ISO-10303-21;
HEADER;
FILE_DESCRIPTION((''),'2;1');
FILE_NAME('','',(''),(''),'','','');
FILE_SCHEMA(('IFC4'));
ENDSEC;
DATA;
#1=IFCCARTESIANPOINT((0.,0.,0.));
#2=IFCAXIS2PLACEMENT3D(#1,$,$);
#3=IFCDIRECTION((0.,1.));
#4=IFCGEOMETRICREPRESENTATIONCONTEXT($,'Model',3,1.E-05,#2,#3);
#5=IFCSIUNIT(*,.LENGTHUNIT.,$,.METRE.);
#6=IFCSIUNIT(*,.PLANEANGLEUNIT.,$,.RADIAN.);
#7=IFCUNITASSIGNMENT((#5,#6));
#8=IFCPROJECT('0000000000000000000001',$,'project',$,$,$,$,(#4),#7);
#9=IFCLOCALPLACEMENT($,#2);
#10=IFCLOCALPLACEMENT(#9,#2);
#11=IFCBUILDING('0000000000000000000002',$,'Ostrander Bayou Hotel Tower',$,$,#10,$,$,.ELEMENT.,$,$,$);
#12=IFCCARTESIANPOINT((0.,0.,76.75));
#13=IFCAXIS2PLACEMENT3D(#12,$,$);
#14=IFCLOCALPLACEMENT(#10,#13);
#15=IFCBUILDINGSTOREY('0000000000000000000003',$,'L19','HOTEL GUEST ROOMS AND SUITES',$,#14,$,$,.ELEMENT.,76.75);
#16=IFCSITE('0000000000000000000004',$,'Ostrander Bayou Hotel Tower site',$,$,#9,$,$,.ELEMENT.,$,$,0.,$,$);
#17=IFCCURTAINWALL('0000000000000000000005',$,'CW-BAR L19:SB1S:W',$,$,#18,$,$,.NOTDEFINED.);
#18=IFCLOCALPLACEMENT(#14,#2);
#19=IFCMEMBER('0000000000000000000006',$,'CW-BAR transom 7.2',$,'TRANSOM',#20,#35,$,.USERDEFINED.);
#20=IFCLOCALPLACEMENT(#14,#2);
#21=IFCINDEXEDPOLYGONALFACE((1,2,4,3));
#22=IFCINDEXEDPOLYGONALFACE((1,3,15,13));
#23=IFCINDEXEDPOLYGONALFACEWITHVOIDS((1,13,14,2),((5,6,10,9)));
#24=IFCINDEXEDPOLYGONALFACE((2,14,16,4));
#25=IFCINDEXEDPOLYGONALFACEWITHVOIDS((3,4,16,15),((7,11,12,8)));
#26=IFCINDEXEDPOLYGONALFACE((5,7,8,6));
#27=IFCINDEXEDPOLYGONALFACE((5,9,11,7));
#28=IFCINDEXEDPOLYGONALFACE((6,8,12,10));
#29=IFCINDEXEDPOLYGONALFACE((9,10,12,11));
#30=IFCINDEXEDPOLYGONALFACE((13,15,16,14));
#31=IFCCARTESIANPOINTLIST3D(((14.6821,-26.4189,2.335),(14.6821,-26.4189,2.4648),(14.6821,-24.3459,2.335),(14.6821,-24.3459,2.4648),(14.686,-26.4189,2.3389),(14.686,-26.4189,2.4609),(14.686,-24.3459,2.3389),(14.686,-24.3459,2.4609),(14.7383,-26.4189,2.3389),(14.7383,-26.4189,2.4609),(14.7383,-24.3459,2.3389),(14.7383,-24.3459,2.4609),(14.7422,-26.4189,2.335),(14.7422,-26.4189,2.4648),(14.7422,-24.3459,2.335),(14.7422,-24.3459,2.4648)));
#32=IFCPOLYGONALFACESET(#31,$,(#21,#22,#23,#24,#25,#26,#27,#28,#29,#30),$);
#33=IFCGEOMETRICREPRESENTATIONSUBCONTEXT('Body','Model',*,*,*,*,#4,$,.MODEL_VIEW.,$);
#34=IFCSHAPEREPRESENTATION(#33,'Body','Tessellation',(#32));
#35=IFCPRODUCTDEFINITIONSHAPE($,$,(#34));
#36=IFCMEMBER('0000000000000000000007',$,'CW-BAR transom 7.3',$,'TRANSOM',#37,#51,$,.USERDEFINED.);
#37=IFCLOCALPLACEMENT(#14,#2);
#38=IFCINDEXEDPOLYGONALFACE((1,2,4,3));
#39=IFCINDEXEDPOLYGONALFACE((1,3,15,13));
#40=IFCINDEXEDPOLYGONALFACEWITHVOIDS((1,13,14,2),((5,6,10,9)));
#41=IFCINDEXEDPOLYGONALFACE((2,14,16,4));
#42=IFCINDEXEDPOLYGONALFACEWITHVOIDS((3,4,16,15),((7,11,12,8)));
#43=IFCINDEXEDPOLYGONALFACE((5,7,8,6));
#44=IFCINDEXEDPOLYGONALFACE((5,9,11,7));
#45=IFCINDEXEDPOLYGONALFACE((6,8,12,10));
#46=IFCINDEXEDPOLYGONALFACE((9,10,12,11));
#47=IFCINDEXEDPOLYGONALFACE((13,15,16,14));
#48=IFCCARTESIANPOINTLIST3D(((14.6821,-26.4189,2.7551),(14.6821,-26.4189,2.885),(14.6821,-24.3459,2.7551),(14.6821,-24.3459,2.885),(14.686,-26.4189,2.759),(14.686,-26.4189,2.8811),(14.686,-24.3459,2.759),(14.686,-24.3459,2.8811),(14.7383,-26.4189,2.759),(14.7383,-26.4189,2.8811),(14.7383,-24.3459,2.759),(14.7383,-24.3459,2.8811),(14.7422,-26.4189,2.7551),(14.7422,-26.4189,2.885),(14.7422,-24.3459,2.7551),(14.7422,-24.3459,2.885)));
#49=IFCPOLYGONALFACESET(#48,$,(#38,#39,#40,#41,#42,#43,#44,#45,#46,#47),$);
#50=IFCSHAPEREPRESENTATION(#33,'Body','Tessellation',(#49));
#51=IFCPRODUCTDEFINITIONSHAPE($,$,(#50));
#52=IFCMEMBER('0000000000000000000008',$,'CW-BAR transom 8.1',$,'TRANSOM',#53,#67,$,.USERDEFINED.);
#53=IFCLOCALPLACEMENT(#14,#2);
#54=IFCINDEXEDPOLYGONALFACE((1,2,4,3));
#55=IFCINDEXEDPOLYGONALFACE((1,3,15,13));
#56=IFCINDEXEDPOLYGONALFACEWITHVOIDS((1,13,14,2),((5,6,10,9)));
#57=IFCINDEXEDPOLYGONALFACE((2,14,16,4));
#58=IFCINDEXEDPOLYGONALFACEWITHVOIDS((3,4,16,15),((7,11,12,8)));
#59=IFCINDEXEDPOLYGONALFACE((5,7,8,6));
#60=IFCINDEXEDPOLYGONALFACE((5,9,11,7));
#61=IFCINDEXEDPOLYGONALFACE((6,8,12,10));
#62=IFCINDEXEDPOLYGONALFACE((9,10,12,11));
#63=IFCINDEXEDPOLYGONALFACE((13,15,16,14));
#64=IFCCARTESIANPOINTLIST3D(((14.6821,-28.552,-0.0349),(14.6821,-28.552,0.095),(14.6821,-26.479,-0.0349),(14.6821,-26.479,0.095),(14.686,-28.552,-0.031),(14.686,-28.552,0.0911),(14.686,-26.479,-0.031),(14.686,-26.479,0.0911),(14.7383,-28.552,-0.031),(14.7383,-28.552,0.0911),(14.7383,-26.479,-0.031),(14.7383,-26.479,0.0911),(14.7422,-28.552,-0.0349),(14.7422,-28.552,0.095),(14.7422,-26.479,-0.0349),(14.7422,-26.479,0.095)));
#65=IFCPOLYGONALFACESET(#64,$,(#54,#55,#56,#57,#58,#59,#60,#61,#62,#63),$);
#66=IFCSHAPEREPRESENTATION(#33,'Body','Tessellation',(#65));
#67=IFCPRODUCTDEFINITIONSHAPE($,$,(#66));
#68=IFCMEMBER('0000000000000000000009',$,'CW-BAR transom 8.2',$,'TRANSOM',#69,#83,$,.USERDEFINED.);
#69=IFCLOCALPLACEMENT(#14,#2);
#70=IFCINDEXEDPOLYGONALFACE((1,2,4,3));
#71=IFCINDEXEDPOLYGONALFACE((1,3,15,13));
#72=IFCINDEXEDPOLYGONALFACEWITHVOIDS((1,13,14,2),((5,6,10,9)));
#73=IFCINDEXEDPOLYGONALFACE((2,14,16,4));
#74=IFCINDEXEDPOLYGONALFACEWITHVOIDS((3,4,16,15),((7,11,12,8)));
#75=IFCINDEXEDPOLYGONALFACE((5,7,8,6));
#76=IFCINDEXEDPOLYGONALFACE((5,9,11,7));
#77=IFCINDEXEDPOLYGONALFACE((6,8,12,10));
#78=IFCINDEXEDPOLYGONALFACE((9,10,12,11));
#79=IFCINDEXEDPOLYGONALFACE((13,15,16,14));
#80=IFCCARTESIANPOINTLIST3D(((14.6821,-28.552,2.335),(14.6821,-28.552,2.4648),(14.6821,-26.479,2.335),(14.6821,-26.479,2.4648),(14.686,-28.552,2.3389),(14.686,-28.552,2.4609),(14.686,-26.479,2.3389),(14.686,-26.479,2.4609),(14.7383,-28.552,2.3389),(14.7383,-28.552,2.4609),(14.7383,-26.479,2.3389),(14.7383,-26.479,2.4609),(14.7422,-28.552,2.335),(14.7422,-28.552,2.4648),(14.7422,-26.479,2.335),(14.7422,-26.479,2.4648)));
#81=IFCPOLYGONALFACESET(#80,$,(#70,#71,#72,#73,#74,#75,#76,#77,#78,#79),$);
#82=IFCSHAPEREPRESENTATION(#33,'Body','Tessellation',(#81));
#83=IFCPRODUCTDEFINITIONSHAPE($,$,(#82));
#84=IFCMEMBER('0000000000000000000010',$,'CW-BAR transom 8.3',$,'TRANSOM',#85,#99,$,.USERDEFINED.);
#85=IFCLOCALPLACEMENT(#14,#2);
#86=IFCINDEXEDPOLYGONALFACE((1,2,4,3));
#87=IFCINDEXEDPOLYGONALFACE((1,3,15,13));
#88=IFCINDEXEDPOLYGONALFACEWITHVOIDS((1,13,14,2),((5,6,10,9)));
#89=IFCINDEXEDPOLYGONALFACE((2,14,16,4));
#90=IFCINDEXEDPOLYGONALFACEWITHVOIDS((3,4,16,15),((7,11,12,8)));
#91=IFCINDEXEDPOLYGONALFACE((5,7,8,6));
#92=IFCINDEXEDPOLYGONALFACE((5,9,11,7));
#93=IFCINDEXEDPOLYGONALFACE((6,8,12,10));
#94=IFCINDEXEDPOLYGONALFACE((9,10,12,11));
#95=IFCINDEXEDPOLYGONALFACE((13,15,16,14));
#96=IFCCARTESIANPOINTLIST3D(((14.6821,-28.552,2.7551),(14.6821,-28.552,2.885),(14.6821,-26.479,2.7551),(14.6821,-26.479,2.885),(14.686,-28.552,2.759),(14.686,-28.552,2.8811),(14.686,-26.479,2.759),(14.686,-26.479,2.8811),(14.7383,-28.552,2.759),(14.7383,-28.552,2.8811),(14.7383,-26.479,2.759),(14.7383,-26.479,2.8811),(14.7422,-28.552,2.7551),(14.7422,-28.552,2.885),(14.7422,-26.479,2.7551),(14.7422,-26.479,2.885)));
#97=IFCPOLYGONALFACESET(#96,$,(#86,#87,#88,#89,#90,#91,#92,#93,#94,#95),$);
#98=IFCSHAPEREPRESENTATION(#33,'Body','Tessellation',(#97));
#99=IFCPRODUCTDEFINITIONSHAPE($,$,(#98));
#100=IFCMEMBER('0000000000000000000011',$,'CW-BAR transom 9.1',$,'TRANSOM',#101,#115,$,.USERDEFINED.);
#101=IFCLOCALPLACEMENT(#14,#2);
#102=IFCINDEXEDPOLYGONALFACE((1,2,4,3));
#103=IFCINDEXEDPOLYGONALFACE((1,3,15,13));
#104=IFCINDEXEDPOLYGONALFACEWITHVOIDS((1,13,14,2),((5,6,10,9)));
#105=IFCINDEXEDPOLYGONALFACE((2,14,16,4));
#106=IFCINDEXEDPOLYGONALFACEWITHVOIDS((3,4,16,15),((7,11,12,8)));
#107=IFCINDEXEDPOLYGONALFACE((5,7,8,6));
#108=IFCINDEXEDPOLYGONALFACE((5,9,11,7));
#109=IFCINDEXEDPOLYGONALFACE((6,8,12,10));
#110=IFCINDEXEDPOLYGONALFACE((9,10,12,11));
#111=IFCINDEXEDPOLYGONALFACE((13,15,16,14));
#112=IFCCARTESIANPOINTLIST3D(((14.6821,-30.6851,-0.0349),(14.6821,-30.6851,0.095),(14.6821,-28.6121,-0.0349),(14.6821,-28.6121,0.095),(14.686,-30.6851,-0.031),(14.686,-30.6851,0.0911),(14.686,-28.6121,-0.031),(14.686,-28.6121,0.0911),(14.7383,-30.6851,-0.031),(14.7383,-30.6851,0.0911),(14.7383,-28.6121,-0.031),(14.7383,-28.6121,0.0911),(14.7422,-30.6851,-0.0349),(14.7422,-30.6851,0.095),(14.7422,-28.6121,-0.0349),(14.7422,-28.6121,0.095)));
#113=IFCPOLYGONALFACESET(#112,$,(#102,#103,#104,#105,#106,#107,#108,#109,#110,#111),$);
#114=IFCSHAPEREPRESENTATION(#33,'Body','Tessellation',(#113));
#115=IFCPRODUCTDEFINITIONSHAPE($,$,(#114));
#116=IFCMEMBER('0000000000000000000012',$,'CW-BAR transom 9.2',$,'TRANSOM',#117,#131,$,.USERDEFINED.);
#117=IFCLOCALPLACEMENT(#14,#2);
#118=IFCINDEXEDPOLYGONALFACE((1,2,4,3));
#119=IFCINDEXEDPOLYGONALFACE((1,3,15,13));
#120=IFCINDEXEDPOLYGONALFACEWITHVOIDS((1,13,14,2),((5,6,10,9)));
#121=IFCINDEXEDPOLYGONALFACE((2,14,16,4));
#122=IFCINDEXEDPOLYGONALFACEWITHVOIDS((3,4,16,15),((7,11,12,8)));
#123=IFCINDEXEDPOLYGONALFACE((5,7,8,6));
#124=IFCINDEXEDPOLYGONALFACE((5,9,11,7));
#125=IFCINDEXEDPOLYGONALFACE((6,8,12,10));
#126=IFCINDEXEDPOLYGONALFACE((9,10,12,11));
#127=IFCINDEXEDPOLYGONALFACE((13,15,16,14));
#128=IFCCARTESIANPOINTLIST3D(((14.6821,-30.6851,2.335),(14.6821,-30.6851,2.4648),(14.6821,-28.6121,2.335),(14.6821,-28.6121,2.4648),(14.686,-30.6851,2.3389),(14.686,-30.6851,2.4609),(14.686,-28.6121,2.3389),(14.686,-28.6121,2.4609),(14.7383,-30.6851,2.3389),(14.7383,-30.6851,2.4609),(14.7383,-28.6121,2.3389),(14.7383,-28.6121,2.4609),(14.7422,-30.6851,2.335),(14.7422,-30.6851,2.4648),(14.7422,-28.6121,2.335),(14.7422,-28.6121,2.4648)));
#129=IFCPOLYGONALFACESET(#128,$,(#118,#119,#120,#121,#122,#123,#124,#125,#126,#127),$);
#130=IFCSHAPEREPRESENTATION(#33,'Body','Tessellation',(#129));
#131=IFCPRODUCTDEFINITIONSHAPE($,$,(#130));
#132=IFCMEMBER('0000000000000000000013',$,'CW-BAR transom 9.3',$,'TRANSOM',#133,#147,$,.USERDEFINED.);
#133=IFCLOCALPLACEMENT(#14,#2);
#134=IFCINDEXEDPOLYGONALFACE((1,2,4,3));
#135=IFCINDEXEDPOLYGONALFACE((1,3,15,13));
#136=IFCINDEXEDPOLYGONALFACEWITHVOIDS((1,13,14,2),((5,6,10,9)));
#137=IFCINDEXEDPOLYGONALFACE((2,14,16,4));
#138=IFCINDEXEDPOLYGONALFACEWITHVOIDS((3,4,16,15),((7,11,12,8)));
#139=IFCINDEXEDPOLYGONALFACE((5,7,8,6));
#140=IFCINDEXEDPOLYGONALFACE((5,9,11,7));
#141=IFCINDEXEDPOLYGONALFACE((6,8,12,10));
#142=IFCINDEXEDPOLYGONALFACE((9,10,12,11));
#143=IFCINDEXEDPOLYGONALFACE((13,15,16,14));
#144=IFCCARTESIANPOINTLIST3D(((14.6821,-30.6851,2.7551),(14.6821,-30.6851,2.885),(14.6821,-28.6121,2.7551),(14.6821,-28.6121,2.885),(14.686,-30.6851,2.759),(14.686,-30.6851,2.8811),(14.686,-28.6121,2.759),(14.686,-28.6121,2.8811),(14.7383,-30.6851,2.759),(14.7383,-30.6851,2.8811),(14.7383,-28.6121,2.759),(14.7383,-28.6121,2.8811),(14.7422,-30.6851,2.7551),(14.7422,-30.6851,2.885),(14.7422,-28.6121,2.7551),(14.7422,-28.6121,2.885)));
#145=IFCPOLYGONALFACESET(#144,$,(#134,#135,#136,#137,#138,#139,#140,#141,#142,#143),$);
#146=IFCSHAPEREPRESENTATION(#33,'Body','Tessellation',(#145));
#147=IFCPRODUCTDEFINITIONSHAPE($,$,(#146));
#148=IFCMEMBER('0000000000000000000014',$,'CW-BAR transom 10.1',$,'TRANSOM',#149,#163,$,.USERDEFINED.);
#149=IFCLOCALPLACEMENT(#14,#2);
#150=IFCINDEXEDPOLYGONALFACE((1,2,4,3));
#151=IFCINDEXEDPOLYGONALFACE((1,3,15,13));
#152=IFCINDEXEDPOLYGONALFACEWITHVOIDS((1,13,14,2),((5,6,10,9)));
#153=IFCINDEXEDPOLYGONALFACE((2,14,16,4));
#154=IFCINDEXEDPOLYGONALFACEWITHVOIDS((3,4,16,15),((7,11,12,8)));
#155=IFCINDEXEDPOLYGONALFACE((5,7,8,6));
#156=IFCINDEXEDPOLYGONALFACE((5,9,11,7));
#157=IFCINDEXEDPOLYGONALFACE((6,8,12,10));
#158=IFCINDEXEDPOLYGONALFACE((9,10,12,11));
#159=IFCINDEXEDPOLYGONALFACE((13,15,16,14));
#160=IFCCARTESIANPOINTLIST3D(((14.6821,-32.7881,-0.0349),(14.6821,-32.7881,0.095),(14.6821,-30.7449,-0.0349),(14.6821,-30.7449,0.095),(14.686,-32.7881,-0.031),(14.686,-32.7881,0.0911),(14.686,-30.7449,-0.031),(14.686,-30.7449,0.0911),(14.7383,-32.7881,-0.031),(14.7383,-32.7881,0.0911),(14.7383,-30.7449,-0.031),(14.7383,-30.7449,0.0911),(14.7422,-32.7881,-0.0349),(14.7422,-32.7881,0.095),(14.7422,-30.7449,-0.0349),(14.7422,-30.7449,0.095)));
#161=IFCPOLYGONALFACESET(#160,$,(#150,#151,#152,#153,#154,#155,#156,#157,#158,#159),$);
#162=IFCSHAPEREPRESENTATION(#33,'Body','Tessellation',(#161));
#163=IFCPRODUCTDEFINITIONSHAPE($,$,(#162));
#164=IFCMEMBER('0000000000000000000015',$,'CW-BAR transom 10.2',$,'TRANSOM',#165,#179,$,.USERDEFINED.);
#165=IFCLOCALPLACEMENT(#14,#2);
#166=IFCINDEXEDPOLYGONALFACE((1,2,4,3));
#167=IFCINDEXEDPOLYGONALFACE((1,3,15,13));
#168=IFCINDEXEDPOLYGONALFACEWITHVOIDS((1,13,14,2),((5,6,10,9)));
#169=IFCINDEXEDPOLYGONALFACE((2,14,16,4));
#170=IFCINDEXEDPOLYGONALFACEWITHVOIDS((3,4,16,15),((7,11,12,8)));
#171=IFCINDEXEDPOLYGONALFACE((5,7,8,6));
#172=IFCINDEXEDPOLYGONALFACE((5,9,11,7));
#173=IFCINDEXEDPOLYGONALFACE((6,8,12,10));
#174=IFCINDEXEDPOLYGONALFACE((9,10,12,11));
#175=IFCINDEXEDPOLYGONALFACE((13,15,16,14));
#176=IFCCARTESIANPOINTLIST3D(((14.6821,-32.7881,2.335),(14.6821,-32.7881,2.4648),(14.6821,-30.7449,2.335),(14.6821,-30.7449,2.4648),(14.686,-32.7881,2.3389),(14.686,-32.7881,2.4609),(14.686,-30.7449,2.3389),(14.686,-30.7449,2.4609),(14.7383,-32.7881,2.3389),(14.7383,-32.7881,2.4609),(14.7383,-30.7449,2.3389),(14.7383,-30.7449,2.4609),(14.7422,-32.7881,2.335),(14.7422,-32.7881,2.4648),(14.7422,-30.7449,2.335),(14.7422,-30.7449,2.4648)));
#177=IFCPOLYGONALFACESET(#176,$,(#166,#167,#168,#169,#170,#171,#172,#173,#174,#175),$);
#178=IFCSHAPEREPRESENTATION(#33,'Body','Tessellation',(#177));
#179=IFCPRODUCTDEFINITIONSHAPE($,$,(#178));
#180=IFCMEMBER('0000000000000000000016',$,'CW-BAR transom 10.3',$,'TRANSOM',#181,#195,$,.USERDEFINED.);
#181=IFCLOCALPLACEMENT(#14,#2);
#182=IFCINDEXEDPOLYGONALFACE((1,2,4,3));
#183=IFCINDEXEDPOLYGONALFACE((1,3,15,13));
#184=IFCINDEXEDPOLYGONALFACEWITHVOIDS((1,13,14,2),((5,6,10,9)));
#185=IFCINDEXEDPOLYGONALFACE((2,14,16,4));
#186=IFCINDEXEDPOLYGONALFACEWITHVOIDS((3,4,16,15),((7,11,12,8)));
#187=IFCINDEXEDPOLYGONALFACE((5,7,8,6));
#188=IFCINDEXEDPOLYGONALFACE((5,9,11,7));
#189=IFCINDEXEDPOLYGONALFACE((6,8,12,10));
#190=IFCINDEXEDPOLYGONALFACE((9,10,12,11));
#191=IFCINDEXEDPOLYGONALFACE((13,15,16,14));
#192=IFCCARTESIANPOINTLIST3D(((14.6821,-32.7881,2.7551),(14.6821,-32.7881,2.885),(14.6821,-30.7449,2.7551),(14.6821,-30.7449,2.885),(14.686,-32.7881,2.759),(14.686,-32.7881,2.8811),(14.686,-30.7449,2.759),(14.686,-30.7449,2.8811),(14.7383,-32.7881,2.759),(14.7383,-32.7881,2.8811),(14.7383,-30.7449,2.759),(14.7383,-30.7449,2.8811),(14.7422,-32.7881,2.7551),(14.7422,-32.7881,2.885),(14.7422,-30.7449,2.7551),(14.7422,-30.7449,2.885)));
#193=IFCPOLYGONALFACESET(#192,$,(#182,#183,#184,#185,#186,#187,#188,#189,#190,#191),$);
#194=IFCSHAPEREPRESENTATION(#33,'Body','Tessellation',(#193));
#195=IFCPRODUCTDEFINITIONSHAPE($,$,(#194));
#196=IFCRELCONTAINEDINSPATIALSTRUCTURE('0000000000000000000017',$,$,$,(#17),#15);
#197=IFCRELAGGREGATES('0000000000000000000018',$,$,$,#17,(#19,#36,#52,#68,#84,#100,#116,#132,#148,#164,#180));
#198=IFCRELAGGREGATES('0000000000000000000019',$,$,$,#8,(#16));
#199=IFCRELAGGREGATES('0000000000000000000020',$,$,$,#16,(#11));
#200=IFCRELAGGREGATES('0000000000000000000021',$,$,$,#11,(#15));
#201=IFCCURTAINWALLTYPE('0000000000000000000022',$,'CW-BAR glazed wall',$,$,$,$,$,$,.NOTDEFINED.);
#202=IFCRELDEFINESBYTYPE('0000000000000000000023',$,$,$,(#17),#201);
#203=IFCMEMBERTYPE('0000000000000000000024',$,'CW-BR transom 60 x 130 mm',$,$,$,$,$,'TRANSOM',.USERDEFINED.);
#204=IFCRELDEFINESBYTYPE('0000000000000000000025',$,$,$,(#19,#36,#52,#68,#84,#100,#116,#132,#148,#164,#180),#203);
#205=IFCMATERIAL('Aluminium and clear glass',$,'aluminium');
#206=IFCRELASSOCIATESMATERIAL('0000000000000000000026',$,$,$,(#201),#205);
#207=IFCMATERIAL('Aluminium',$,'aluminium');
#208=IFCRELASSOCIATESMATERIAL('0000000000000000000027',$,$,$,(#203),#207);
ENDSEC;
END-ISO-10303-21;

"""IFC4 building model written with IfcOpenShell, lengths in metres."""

from ifc_helpers import new_model, si_unit, direction, frame, origin, origin_2d, place, context, subcontext, project, spatial, hollow_rectangle, extrude, material, material_profile, profile_set, type_object, element, aggregate, save


model = new_model("IFC4")

# Units and contexts
model_context = context("Model", 3, precision=1e-05, world=origin(), true_north=direction((0.0, 1.0)))
body_context = subcontext(model_context, "Body", "Model", "MODEL_VIEW")
ifc_project = project(units=[si_unit("LENGTHUNIT", "METRE"), si_unit("PLANEANGLEUNIT", "RADIAN")], contexts=[model_context])

# Site, building, storey
site_placement = place(None, origin())
site = spatial("IfcSite", under=ifc_project, at=site_placement, Name="Ostrander Bayou Hotel Tower site", CompositionType="ELEMENT", RefElevation=0.0)
building_placement = place(site_placement, origin())
building = spatial("IfcBuilding", under=site, at=building_placement, Name="Ostrander Bayou Hotel Tower", CompositionType="ELEMENT")
storey_placement = place(building_placement, frame((0.0, 0.0, 76.75)))
storey = spatial("IfcBuildingStorey", under=building, at=storey_placement, Name="L19", Description="HOTEL GUEST ROOMS AND SUITES", CompositionType="ELEMENT", Elevation=76.75)

# Curtain wall
ifc_material_1 = material(Name="Aluminium and clear glass", Category="aluminium")
curtain_wall_type = type_object("IfcCurtainWallType", Name="CW-BAR glazed wall", PredefinedType="NOTDEFINED", material=ifc_material_1)
curtain_wall_1_placement = place(storey_placement, origin())
curtain_wall_1 = element("IfcCurtainWall", 1, at=curtain_wall_1_placement, inside=storey, type_object=curtain_wall_type, Name="CW-BAR L19:SB1S:W", PredefinedType="NOTDEFINED")

# Members
ifc_material_2 = material(Name="Aluminium", Category="aluminium")
ifc_material_profile_1 = material_profile(ifc_material_2, hollow_rectangle(XDim=0.0601, YDim=0.1299, WallThickness=0.0039, at=origin_2d()))
ifc_profile_set_1 = profile_set([ifc_material_profile_1], Name="Aluminium")
member_type_1 = type_object("IfcMemberType", Name="CW-BR transom 60 x 130 mm", ElementType="TRANSOM", PredefinedType="USERDEFINED", material=ifc_profile_set_1)
member_1_placement = place(storey_placement, frame((14.7122, -24.3459, 2.3999), z_axis=(0.0, -1.0, 0.0), x_axis=(1.0, 0.0, 0.0)))
member_1 = element("IfcMember", 2, at=member_1_placement, type_object=member_type_1, Name="CW-BAR transom 7.2", ObjectType="TRANSOM", PredefinedType="USERDEFINED", context=body_context, shape_type="SweptSolid", body=[
    extrude(hollow_rectangle(XDim=0.0601, YDim=0.1299, WallThickness=0.0039, at=origin_2d()), origin(), (0.0, 0.0, 1.0), 2.073),
])
member_2_placement = place(storey_placement, frame((14.7122, -24.3459, 2.8201), z_axis=(0.0, -1.0, 0.0), x_axis=(1.0, 0.0, 0.0)))
member_2 = element("IfcMember", 3, at=member_2_placement, type_object=member_type_1, Name="CW-BAR transom 7.3", ObjectType="TRANSOM", PredefinedType="USERDEFINED", context=body_context, shape_type="SweptSolid", body=[
    extrude(hollow_rectangle(XDim=0.0601, YDim=0.1299, WallThickness=0.0039, at=origin_2d()), origin(), (0.0, 0.0, 1.0), 2.073),
])
member_3_placement = place(storey_placement, frame((14.7122, -26.479, 0.03), z_axis=(0.0, -1.0, 0.0), x_axis=(1.0, 0.0, 0.0)))
member_3 = element("IfcMember", 4, at=member_3_placement, type_object=member_type_1, Name="CW-BAR transom 8.1", ObjectType="TRANSOM", PredefinedType="USERDEFINED", context=body_context, shape_type="SweptSolid", body=[
    extrude(hollow_rectangle(XDim=0.0601, YDim=0.1299, WallThickness=0.0039, at=origin_2d()), origin(), (0.0, 0.0, 1.0), 2.073),
])
member_4_placement = place(storey_placement, frame((14.7122, -26.479, 2.3999), z_axis=(0.0, -1.0, 0.0), x_axis=(1.0, 0.0, 0.0)))
member_4 = element("IfcMember", 5, at=member_4_placement, type_object=member_type_1, Name="CW-BAR transom 8.2", ObjectType="TRANSOM", PredefinedType="USERDEFINED", context=body_context, shape_type="SweptSolid", body=[
    extrude(hollow_rectangle(XDim=0.0601, YDim=0.1299, WallThickness=0.0039, at=origin_2d()), origin(), (0.0, 0.0, 1.0), 2.073),
])
member_5_placement = place(storey_placement, frame((14.7122, -26.479, 2.8201), z_axis=(0.0, -1.0, 0.0), x_axis=(1.0, 0.0, 0.0)))
member_5 = element("IfcMember", 6, at=member_5_placement, type_object=member_type_1, Name="CW-BAR transom 8.3", ObjectType="TRANSOM", PredefinedType="USERDEFINED", context=body_context, shape_type="SweptSolid", body=[
    extrude(hollow_rectangle(XDim=0.0601, YDim=0.1299, WallThickness=0.0039, at=origin_2d()), origin(), (0.0, 0.0, 1.0), 2.073),
])
member_6_placement = place(storey_placement, frame((14.7122, -28.6121, 0.03), z_axis=(0.0, -1.0, 0.0), x_axis=(1.0, 0.0, 0.0)))
member_6 = element("IfcMember", 7, at=member_6_placement, type_object=member_type_1, Name="CW-BAR transom 9.1", ObjectType="TRANSOM", PredefinedType="USERDEFINED", context=body_context, shape_type="SweptSolid", body=[
    extrude(hollow_rectangle(XDim=0.0601, YDim=0.1299, WallThickness=0.0039, at=origin_2d()), origin(), (0.0, 0.0, 1.0), 2.073),
])
member_7_placement = place(storey_placement, frame((14.7122, -28.6121, 2.3999), z_axis=(0.0, -1.0, 0.0), x_axis=(1.0, 0.0, 0.0)))
member_7 = element("IfcMember", 8, at=member_7_placement, type_object=member_type_1, Name="CW-BAR transom 9.2", ObjectType="TRANSOM", PredefinedType="USERDEFINED", context=body_context, shape_type="SweptSolid", body=[
    extrude(hollow_rectangle(XDim=0.0601, YDim=0.1299, WallThickness=0.0039, at=origin_2d()), origin(), (0.0, 0.0, 1.0), 2.073),
])
member_8_placement = place(storey_placement, frame((14.7122, -28.6121, 2.8201), z_axis=(0.0, -1.0, 0.0), x_axis=(1.0, 0.0, 0.0)))
member_8 = element("IfcMember", 9, at=member_8_placement, type_object=member_type_1, Name="CW-BAR transom 9.3", ObjectType="TRANSOM", PredefinedType="USERDEFINED", context=body_context, shape_type="SweptSolid", body=[
    extrude(hollow_rectangle(XDim=0.0601, YDim=0.1299, WallThickness=0.0039, at=origin_2d()), origin(), (0.0, 0.0, 1.0), 2.073),
])
member_9_placement = place(storey_placement, frame((14.7122, -30.7449, 0.03), z_axis=(0.0, -1.0, 0.0), x_axis=(1.0, 0.0, 0.0)))
member_9 = element("IfcMember", 10, at=member_9_placement, type_object=member_type_1, Name="CW-BAR transom 10.1", ObjectType="TRANSOM", PredefinedType="USERDEFINED", context=body_context, shape_type="SweptSolid", body=[
    extrude(hollow_rectangle(XDim=0.0601, YDim=0.1299, WallThickness=0.0039, at=origin_2d()), origin(), (0.0, 0.0, 1.0), 2.0432),
])
member_10_placement = place(storey_placement, frame((14.7122, -30.7449, 2.3999), z_axis=(0.0, -1.0, 0.0), x_axis=(1.0, 0.0, 0.0)))
member_10 = element("IfcMember", 11, at=member_10_placement, type_object=member_type_1, Name="CW-BAR transom 10.2", ObjectType="TRANSOM", PredefinedType="USERDEFINED", context=body_context, shape_type="SweptSolid", body=[
    extrude(hollow_rectangle(XDim=0.0601, YDim=0.1299, WallThickness=0.0039, at=origin_2d()), origin(), (0.0, 0.0, 1.0), 2.0432),
])
member_11_placement = place(storey_placement, frame((14.7122, -30.7449, 2.8201), z_axis=(0.0, -1.0, 0.0), x_axis=(1.0, 0.0, 0.0)))
member_11 = element("IfcMember", 12, at=member_11_placement, type_object=member_type_1, Name="CW-BAR transom 10.3", ObjectType="TRANSOM", PredefinedType="USERDEFINED", context=body_context, shape_type="SweptSolid", body=[
    extrude(hollow_rectangle(XDim=0.0601, YDim=0.1299, WallThickness=0.0039, at=origin_2d()), origin(), (0.0, 0.0, 1.0), 2.0432),
])

aggregate(curtain_wall_1, [member_1, member_2, member_3, member_4, member_5, member_6, member_7, member_8, member_9, member_10, member_11])

save(model, "model.ifc")
